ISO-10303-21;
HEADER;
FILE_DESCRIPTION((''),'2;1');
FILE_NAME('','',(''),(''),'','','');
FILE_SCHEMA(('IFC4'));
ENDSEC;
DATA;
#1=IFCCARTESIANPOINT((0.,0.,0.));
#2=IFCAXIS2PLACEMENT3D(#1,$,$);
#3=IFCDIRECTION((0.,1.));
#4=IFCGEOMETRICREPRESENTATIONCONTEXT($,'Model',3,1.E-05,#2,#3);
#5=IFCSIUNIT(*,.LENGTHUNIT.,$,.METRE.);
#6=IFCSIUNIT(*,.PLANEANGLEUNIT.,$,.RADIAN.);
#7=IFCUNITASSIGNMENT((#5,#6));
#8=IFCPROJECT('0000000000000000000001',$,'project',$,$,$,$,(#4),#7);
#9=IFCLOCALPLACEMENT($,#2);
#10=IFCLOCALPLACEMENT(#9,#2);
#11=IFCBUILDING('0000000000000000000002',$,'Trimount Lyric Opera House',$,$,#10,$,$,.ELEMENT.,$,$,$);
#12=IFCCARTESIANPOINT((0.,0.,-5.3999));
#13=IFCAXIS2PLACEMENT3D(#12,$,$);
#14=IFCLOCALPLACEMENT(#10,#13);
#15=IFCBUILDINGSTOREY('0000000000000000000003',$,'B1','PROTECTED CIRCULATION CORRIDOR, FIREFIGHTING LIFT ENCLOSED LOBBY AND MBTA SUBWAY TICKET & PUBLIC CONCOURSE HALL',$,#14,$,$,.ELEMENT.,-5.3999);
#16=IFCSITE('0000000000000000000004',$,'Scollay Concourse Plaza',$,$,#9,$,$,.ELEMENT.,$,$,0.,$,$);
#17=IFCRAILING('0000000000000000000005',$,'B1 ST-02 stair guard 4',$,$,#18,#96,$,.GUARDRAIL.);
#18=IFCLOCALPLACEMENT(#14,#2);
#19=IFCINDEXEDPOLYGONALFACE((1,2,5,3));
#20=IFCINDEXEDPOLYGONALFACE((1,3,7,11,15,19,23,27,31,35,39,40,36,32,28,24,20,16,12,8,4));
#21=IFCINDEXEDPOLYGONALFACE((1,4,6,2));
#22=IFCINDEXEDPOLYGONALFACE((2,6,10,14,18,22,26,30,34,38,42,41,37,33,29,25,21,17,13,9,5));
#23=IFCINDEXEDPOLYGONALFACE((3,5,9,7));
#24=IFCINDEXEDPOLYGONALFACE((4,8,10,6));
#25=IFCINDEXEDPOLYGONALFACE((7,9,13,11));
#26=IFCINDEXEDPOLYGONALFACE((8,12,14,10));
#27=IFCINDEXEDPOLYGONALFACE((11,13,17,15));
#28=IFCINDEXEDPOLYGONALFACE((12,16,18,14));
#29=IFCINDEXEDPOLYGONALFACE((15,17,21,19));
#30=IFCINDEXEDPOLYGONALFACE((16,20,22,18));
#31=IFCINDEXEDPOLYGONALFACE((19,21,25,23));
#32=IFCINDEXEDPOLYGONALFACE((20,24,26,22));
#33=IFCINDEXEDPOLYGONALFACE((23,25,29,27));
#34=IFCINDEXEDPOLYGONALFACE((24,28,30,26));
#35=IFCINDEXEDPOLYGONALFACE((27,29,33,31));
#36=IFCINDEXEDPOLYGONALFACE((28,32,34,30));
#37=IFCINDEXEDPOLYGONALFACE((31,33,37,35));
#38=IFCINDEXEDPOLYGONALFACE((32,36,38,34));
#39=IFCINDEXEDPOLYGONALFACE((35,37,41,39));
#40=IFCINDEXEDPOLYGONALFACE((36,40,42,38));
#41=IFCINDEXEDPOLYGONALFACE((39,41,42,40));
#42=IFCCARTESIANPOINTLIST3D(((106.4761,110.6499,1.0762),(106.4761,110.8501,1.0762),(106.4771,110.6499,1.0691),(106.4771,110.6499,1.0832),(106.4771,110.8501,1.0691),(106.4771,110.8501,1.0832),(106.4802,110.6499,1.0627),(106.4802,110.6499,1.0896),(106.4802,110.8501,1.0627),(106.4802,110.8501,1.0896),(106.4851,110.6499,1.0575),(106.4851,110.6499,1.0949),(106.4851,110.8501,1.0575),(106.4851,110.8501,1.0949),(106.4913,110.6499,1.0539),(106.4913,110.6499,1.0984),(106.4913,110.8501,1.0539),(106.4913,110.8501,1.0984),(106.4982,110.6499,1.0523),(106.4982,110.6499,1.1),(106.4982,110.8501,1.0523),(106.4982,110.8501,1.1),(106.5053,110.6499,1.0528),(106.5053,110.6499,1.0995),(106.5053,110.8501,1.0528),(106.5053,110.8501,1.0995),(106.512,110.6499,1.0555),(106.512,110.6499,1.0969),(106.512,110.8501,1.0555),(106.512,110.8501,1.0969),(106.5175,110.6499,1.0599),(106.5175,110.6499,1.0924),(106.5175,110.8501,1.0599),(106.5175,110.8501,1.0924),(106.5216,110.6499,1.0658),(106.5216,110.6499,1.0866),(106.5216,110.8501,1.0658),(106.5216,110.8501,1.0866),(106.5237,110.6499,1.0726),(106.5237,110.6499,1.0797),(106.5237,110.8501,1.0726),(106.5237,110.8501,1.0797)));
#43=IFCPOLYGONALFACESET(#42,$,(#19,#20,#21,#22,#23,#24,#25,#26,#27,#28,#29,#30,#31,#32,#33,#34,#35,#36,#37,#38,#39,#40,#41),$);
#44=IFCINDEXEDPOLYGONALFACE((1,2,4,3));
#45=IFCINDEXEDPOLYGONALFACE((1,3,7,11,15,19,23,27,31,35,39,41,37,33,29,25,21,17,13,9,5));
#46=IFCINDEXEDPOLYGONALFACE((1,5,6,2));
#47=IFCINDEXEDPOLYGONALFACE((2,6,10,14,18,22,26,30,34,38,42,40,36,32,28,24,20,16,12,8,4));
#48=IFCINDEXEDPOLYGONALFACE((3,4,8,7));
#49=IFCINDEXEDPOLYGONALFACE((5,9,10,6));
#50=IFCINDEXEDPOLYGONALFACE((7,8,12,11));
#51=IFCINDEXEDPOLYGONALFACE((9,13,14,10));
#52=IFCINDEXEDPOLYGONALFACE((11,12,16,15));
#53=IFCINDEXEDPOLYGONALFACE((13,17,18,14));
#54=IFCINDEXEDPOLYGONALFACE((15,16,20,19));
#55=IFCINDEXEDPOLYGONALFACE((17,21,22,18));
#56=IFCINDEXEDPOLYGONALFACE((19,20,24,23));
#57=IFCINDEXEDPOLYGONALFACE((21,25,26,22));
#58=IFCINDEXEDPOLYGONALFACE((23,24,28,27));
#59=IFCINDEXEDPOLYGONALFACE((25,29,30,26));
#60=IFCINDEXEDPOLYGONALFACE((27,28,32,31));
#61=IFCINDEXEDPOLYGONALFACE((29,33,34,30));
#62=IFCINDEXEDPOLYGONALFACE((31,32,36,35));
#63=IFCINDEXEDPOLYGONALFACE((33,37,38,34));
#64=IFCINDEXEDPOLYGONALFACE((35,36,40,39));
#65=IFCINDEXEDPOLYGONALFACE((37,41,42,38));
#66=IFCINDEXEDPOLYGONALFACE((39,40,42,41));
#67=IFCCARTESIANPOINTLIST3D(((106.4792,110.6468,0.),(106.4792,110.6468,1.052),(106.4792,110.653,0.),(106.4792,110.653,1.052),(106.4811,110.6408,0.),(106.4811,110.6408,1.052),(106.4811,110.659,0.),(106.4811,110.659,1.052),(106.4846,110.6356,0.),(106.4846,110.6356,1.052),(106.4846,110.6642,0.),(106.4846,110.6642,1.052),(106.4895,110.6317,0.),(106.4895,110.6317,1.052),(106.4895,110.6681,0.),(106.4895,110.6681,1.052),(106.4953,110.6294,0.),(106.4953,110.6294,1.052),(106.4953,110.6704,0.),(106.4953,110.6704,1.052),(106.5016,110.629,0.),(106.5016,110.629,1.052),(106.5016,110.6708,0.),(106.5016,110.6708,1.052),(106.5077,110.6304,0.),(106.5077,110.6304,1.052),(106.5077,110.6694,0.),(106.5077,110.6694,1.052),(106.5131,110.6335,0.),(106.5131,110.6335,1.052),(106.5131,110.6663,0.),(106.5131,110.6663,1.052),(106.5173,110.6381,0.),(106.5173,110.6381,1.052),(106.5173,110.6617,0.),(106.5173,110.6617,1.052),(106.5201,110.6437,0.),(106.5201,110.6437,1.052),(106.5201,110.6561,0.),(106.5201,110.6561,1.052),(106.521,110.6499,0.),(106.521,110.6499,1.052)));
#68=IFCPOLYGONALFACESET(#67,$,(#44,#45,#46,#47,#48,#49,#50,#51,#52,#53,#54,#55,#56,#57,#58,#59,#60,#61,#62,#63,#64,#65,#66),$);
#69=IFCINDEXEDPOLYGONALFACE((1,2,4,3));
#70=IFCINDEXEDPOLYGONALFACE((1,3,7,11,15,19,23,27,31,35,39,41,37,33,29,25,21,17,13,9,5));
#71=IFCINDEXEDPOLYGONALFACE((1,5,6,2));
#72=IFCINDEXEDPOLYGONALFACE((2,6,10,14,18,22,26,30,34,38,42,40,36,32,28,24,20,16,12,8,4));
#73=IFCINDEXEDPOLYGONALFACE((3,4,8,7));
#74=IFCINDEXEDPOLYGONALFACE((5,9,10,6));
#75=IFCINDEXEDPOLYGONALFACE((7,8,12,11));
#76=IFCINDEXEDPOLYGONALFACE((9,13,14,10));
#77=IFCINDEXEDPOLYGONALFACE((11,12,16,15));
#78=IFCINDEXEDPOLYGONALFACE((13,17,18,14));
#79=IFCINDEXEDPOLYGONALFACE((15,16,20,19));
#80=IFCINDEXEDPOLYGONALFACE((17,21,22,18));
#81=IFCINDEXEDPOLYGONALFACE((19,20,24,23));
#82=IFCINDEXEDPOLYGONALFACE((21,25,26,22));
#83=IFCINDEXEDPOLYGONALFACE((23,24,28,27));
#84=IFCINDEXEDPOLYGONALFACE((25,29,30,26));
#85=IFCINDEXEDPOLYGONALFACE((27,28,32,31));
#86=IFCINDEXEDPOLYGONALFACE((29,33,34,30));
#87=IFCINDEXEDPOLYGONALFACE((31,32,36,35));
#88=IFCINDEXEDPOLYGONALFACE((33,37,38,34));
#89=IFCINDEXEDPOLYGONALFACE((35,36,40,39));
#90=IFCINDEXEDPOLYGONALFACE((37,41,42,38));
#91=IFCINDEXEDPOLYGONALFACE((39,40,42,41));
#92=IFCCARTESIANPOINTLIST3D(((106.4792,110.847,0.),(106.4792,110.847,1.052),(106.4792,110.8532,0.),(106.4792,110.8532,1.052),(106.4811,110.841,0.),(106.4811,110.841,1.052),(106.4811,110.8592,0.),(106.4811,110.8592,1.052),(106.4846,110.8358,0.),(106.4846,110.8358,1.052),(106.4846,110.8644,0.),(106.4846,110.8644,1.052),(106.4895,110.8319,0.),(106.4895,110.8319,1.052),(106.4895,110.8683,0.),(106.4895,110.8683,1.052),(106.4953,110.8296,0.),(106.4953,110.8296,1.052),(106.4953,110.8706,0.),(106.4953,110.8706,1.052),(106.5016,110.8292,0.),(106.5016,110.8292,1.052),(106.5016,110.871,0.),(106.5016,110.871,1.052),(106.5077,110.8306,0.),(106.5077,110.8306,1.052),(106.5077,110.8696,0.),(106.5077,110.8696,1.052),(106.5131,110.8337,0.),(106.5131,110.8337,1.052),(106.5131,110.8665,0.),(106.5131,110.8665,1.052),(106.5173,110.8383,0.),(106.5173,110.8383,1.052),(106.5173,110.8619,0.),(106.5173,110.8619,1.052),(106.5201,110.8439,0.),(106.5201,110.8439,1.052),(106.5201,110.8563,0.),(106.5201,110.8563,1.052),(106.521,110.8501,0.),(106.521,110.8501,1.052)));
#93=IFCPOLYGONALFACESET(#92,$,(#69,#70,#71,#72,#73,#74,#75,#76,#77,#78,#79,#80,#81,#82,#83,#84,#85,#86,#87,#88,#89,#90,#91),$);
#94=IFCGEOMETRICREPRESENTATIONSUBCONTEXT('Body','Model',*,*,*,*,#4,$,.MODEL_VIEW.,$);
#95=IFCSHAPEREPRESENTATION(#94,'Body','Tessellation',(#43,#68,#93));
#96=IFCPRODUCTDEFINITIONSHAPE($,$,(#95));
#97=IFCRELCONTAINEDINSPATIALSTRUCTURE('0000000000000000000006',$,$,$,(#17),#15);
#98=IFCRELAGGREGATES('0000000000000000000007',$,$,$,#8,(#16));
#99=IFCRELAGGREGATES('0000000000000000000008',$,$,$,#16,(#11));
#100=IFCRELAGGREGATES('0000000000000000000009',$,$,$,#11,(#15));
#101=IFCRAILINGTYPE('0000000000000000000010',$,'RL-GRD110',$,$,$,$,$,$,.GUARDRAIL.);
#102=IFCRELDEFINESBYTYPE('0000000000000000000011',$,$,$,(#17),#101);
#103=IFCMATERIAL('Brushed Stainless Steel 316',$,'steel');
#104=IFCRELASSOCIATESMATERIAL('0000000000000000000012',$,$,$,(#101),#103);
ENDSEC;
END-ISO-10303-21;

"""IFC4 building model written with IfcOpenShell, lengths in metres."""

from ifc_helpers import new_model, si_unit, direction, frame, origin, origin_2d, place, context, subcontext, project, spatial, circle, extrude, material, type_object, element, save


model = new_model("IFC4")

# Units and contexts
model_context = context("Model", 3, precision=1e-05, world=origin(), true_north=direction((0.0, 1.0)))
body_context = subcontext(model_context, "Body", "Model", "MODEL_VIEW")
ifc_project = project(units=[si_unit("LENGTHUNIT", "METRE"), si_unit("PLANEANGLEUNIT", "RADIAN")], contexts=[model_context])

# Site, building, storey
site_placement = place(None, origin())
site = spatial("IfcSite", under=ifc_project, at=site_placement, Name="Scollay Concourse Plaza", CompositionType="ELEMENT", RefElevation=0.0)
building_placement = place(site_placement, origin())
building = spatial("IfcBuilding", under=site, at=building_placement, Name="Trimount Lyric Opera House", CompositionType="ELEMENT")
storey_placement = place(building_placement, frame((0.0, 0.0, -5.3999)))
storey = spatial("IfcBuildingStorey", under=building, at=storey_placement, Name="B1", Description="PROTECTED CIRCULATION CORRIDOR, FIREFIGHTING LIFT ENCLOSED LOBBY AND MBTA SUBWAY TICKET & PUBLIC CONCOURSE HALL", CompositionType="ELEMENT", Elevation=-5.3999)

# Railing
ifc_material_1 = material(Name="Brushed Stainless Steel 316", Category="steel")
railing_type_1 = type_object("IfcRailingType", Name="RL-GRD110", PredefinedType="GUARDRAIL", material=ifc_material_1)
railing_1_placement = place(storey_placement, frame((106.5, 110.6499, 0.0)))
element("IfcRailing", 1, at=railing_1_placement, inside=storey, type_object=railing_type_1, Name="B1 ST-02 stair guard 4", PredefinedType="GUARDRAIL", context=body_context, shape_type="SweptSolid", body=[
    extrude(circle(Radius=0.0239, at=origin_2d()), frame((0.0, 0.0, 1.0762), z_axis=(0.0, 1.0, 0.0), x_axis=(-1.0, 0.0, 0.0)), (0.0, 0.0, 1.0), 0.2002),
    extrude(circle(Radius=0.021, at=origin_2d()), origin(), (0.0, 0.0, 1.0), 1.052),
    extrude(circle(Radius=0.021, at=origin_2d()), frame((0.0, 0.2002, 0.0)), (0.0, 0.0, 1.0), 1.052),
])

save(model, "model.ifc")
